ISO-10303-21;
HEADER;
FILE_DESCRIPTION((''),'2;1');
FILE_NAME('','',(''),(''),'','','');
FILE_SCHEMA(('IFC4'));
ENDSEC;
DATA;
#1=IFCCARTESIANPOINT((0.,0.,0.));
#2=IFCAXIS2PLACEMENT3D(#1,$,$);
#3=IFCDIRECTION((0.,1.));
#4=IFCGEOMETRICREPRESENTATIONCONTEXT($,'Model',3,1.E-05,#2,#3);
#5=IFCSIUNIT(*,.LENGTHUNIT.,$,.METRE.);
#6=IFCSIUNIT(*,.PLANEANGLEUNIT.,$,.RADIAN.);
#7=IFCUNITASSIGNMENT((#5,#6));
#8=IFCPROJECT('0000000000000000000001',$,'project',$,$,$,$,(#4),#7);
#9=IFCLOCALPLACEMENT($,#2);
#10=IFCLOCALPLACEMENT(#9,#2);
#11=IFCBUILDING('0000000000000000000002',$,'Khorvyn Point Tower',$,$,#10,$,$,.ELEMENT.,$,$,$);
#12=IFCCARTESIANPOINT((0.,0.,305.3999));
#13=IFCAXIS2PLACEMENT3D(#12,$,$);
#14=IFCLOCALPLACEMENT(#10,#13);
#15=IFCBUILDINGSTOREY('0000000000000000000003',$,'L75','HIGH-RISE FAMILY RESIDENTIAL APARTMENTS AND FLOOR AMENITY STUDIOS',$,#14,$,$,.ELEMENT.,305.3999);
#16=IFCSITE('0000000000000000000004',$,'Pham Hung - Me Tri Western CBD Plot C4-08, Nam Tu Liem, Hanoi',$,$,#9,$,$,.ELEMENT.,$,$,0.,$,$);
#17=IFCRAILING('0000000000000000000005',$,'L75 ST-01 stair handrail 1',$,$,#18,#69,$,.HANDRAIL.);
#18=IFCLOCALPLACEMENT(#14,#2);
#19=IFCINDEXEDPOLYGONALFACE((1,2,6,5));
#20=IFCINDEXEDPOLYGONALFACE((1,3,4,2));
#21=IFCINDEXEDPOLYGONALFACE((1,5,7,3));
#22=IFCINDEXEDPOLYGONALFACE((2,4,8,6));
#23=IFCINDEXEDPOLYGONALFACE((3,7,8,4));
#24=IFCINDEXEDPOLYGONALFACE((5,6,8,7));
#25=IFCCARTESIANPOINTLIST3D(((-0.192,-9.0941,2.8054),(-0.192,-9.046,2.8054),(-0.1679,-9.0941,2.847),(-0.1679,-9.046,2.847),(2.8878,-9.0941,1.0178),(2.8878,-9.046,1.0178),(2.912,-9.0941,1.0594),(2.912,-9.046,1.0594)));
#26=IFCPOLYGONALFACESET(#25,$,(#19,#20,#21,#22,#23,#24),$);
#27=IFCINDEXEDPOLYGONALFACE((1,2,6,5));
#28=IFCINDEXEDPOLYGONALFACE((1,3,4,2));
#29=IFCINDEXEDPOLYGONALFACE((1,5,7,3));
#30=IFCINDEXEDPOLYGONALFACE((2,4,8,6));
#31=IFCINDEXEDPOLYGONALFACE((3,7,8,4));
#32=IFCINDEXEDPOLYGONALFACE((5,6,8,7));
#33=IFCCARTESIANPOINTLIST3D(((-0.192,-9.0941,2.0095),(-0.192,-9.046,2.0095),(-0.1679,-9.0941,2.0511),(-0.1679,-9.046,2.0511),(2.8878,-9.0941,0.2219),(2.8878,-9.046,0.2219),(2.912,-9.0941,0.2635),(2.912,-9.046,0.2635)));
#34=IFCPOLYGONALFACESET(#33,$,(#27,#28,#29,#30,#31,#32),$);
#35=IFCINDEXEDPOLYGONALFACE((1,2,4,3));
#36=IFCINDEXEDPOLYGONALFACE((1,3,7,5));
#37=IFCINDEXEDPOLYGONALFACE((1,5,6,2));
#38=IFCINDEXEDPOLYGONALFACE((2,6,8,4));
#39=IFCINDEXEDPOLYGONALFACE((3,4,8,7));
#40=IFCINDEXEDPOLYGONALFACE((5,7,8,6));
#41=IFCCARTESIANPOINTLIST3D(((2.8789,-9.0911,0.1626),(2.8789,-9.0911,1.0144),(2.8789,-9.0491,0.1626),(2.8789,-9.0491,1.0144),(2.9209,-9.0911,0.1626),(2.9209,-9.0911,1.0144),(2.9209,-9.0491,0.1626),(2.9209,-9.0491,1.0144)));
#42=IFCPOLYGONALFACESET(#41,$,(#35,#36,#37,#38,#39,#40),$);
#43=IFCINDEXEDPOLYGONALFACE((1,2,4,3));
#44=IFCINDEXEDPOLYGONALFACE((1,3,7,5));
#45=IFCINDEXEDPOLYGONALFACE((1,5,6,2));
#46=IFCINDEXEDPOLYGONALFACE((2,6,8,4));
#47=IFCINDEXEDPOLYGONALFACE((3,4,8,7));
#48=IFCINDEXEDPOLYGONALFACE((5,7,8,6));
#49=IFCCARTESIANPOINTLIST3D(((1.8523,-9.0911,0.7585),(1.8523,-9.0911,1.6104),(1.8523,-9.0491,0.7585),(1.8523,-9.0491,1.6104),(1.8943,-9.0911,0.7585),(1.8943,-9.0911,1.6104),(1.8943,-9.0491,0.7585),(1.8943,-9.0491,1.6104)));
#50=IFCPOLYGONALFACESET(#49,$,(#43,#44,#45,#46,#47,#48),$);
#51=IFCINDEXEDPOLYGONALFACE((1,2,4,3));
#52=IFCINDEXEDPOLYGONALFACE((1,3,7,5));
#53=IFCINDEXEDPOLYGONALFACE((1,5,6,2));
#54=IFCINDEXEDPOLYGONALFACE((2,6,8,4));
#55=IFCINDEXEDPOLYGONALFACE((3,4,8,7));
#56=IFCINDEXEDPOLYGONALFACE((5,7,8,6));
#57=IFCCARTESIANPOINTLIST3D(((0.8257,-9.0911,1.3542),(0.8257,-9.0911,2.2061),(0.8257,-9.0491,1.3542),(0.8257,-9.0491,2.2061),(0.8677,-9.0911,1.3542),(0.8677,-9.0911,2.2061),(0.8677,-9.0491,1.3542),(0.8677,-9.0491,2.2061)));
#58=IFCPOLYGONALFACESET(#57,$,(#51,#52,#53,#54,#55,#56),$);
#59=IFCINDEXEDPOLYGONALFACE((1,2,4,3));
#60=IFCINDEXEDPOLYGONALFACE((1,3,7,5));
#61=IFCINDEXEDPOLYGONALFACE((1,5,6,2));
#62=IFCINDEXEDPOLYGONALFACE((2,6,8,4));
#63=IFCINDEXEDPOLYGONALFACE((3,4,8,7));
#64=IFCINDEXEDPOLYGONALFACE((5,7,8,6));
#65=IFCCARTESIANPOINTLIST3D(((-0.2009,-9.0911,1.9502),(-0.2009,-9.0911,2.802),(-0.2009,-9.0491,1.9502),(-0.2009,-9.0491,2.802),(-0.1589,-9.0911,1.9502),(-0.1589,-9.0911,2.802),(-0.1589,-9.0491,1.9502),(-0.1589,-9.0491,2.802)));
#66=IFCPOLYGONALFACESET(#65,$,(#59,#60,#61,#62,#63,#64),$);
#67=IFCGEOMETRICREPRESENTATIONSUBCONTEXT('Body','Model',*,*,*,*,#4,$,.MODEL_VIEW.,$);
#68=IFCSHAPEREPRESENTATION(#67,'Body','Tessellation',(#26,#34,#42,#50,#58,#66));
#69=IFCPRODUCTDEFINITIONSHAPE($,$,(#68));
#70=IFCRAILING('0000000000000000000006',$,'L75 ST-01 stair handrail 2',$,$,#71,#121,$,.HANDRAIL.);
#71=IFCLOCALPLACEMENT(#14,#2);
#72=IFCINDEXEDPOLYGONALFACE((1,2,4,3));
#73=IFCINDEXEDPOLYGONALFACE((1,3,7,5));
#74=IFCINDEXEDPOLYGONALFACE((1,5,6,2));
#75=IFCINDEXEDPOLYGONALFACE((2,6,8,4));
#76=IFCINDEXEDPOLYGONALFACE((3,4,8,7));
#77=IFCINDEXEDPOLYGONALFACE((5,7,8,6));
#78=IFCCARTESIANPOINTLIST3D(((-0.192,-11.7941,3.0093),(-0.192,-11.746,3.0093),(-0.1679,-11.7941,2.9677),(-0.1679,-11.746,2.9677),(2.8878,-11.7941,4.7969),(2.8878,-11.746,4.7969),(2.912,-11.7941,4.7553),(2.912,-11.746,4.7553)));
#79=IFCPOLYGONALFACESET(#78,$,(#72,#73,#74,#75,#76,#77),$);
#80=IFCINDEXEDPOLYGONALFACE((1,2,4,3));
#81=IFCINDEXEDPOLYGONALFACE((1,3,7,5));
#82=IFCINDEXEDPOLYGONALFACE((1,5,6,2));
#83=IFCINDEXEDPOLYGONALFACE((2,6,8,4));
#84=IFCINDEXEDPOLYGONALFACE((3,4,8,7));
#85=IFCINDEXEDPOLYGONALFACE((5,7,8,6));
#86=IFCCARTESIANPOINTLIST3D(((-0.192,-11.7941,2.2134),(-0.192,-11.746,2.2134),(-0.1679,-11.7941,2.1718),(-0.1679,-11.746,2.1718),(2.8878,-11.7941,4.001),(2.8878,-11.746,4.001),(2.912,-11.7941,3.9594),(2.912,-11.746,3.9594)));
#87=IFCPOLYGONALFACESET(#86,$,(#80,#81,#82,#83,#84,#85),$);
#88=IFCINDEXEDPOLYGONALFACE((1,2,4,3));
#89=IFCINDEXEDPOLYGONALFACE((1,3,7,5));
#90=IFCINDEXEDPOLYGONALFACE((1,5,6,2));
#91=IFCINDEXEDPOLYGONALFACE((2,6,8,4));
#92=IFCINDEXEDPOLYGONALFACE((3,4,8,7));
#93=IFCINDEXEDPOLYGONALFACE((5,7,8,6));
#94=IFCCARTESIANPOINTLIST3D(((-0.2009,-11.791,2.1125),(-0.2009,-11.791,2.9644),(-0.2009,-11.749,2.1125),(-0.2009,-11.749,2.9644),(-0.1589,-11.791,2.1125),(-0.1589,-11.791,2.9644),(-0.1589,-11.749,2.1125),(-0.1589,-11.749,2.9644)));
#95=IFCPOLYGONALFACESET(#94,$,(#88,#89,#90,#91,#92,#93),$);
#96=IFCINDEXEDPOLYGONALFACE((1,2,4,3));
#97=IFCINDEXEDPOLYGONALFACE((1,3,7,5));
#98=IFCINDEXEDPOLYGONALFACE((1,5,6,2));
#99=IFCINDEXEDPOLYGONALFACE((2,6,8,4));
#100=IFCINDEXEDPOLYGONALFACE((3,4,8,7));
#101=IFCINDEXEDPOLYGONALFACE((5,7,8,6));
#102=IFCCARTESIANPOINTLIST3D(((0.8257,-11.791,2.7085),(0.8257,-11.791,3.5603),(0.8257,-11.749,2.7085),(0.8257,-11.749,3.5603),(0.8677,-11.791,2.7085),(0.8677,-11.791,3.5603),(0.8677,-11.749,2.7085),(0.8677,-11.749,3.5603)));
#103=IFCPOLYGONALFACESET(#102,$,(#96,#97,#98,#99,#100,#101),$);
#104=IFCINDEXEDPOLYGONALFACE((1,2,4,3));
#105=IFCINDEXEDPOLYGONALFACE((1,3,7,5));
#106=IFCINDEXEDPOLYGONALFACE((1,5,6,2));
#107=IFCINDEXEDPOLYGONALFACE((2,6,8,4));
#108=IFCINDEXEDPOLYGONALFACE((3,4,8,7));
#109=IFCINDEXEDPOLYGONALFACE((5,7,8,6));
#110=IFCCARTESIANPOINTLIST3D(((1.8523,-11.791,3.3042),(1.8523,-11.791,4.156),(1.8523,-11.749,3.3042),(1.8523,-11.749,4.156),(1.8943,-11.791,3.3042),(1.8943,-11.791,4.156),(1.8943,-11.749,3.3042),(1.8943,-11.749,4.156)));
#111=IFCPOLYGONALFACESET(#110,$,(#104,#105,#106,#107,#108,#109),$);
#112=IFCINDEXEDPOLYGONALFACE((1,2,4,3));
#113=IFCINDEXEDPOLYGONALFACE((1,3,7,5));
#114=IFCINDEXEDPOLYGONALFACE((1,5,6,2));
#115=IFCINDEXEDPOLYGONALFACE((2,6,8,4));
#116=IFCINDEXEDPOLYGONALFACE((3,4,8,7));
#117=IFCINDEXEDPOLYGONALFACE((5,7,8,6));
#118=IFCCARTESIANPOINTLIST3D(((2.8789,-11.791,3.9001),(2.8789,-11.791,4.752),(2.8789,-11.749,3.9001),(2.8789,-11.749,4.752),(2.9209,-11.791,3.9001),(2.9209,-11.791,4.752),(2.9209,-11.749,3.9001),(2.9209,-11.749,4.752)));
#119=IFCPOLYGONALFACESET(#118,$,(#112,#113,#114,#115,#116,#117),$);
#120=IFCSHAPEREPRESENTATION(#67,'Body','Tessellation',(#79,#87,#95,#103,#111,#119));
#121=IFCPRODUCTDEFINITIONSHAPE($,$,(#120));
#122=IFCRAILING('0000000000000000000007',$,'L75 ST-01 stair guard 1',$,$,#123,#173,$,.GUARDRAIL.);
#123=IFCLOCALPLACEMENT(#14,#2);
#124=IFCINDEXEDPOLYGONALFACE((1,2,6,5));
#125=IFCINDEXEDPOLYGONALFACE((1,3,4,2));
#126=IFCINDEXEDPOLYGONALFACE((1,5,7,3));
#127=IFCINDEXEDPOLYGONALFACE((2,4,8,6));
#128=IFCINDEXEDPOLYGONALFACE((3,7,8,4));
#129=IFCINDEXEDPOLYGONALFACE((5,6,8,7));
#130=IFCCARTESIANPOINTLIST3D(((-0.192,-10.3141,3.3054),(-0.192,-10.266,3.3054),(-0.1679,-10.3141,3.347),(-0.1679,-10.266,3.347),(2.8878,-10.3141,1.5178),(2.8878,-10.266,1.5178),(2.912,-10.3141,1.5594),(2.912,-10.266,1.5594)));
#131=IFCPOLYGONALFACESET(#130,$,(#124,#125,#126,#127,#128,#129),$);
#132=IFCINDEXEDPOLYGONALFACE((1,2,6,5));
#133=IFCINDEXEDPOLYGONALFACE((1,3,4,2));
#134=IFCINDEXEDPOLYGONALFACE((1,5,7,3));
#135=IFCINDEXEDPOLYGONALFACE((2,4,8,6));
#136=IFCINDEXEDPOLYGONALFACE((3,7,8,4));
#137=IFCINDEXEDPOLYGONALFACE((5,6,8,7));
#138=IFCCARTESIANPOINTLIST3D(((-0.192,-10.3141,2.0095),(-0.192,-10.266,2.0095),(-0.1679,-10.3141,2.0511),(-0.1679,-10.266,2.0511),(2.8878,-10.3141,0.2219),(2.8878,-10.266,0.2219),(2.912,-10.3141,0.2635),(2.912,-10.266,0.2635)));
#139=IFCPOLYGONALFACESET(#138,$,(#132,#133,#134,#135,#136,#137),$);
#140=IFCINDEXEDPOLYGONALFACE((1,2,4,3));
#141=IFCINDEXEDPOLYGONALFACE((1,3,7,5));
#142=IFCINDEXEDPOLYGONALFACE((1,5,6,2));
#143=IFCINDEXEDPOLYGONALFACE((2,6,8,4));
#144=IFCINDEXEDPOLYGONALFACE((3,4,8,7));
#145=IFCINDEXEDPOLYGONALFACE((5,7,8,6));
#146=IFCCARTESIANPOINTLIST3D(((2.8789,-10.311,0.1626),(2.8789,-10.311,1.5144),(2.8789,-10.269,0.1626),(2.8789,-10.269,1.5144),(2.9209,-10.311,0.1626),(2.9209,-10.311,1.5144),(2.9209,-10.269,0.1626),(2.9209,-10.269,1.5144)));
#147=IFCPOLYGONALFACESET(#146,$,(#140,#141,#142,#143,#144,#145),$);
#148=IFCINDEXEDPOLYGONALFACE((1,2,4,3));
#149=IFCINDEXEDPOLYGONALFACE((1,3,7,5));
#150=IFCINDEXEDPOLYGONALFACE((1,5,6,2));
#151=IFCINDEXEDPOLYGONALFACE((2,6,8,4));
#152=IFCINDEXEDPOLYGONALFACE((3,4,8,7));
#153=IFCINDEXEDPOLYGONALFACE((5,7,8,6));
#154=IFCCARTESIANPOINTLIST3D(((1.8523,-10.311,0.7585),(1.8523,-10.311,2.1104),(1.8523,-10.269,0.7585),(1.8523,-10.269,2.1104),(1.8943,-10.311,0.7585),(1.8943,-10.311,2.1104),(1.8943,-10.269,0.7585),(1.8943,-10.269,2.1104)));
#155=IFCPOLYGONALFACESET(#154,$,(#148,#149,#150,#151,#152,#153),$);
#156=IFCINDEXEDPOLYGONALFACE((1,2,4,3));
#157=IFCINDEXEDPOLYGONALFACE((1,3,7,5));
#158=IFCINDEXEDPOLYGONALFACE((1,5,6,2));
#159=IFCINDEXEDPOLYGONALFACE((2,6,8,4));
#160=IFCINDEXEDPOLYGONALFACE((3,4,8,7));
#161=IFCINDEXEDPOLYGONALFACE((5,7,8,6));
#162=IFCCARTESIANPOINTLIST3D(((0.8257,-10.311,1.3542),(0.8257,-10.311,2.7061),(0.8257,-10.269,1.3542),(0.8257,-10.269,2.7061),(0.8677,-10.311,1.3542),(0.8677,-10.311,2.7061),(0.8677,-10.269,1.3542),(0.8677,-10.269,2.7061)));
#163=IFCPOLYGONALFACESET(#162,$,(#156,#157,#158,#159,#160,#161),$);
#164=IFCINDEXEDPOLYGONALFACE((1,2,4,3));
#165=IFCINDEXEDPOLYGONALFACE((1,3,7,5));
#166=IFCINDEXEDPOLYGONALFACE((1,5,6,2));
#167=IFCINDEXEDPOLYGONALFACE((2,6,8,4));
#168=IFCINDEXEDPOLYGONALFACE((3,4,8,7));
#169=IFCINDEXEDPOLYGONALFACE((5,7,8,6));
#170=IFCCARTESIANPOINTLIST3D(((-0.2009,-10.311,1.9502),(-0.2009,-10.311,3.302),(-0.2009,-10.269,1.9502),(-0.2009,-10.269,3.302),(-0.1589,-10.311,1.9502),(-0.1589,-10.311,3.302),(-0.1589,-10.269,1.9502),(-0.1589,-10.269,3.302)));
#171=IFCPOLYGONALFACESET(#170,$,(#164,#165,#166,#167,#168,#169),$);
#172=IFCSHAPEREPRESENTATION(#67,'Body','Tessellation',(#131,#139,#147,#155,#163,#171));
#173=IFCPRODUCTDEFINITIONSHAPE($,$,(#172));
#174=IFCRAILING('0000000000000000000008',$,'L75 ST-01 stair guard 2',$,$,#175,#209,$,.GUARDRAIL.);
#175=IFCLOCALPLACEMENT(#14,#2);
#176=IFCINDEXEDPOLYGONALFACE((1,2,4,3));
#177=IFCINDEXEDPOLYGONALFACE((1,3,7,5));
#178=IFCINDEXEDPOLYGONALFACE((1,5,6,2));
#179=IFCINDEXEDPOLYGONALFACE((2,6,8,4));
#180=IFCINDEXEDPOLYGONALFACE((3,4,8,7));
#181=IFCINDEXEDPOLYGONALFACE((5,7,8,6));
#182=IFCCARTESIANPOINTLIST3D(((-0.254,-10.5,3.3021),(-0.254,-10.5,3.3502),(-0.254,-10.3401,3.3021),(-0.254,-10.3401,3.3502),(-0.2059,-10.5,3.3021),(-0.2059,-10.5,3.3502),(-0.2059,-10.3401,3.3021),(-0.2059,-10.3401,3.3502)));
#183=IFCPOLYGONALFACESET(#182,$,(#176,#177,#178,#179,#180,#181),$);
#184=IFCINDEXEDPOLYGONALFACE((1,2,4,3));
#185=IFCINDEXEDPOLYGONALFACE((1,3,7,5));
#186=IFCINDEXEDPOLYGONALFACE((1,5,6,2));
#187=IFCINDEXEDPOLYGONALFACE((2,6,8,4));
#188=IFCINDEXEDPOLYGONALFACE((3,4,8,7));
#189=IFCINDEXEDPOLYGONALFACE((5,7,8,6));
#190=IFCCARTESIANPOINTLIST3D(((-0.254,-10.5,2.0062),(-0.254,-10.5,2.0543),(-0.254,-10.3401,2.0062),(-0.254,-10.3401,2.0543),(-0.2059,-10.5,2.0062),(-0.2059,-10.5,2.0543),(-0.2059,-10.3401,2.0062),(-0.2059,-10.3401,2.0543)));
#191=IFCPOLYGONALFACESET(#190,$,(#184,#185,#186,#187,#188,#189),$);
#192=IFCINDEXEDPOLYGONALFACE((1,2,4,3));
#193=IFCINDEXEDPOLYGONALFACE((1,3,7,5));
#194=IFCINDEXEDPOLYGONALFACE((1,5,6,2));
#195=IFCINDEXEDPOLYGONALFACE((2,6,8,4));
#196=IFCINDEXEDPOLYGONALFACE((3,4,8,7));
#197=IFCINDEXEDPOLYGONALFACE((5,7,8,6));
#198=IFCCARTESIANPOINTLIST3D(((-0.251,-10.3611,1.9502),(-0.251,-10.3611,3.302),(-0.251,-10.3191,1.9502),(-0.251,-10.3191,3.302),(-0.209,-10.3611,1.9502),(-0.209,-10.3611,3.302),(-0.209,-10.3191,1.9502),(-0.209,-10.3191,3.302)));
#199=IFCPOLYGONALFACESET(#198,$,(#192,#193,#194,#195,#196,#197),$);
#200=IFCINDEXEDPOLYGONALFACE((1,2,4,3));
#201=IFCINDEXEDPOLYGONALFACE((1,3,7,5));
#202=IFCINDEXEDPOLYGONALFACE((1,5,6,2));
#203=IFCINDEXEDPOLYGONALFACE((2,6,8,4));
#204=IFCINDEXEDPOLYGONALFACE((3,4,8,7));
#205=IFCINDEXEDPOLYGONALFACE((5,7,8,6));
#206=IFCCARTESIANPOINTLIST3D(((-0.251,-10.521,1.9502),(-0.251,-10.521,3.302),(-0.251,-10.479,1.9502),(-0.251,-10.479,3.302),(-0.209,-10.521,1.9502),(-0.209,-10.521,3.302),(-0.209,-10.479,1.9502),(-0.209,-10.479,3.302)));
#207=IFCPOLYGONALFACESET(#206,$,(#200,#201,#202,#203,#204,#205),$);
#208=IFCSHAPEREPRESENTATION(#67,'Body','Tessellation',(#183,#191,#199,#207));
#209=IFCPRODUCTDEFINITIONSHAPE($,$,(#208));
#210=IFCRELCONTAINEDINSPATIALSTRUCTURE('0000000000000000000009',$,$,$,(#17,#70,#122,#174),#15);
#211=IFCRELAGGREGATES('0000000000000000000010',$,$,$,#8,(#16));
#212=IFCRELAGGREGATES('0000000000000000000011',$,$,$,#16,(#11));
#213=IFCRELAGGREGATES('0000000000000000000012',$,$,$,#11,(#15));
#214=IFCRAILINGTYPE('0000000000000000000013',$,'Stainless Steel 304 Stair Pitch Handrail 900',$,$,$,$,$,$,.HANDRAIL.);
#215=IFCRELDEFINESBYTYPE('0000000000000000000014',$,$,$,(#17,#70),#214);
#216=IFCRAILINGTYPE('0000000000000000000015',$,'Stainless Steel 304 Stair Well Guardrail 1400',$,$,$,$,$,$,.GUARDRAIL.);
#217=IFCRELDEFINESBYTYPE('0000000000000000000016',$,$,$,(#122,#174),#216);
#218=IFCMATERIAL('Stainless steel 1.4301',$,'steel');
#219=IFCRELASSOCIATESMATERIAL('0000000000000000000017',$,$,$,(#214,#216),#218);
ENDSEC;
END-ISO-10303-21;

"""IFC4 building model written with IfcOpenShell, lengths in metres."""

from ifc_helpers import new_model, si_unit, direction, frame, origin, origin_2d, place, context, subcontext, project, spatial, rectangle, extrude, material, type_object, element, save


model = new_model("IFC4")

# Units and contexts
model_context = context("Model", 3, precision=1e-05, world=origin(), true_north=direction((0.0, 1.0)))
body_context = subcontext(model_context, "Body", "Model", "MODEL_VIEW")
ifc_project = project(units=[si_unit("LENGTHUNIT", "METRE"), si_unit("PLANEANGLEUNIT", "RADIAN")], contexts=[model_context])

# Site, building, storey
site_placement = place(None, origin())
site = spatial("IfcSite", under=ifc_project, at=site_placement, Name="Pham Hung - Me Tri Western CBD Plot C4-08, Nam Tu Liem, Hanoi", CompositionType="ELEMENT", RefElevation=0.0)
building_placement = place(site_placement, origin())
building = spatial("IfcBuilding", under=site, at=building_placement, Name="Khorvyn Point Tower", CompositionType="ELEMENT")
storey_placement = place(building_placement, frame((0.0, 0.0, 305.3999)))
storey = spatial("IfcBuildingStorey", under=building, at=storey_placement, Name="L75", Description="HIGH-RISE FAMILY RESIDENTIAL APARTMENTS AND FLOOR AMENITY STUDIOS", CompositionType="ELEMENT", Elevation=305.3999)

# Shared definitions
ifc_material_1 = material(Name="Stainless steel 1.4301", Category="steel")

# Railings
railing_type_1 = type_object("IfcRailingType", Name="Stainless Steel 304 Stair Pitch Handrail 900", PredefinedType="HANDRAIL", material=ifc_material_1)
railing_1_placement = place(storey_placement, frame((2.8999, -9.0701, 0.1626)))
element("IfcRailing", 1, at=railing_1_placement, inside=storey, type_object=railing_type_1, Name="L75 ST-01 stair handrail 1", PredefinedType="HANDRAIL", context=body_context, shape_type="SweptSolid", body=[
    extrude(rectangle(XDim=0.0481, YDim=0.0481, at=origin_2d()), frame((0.0, 0.0, 0.876), z_axis=(-0.864873, 0.0, 0.50199), x_axis=(0.0, -1.0, 0.0)), (0.0, 0.0, 1.0), 3.561),
    extrude(rectangle(XDim=0.0481, YDim=0.0481, at=origin_2d()), frame((0.0, 0.0, 0.0801), z_axis=(-0.864873, 0.0, 0.50199), x_axis=(0.0, -1.0, 0.0)), (0.0, 0.0, 1.0), 3.561),
    extrude(rectangle(XDim=0.042, YDim=0.042, at=origin_2d()), origin(), (0.0, 0.0, 1.0), 0.8518),
    extrude(rectangle(XDim=0.042, YDim=0.042, at=origin_2d()), frame((-1.0266, 0.0, 0.5959)), (0.0, 0.0, 1.0), 0.8518),
    extrude(rectangle(XDim=0.042, YDim=0.042, at=origin_2d()), frame((-2.0532, 0.0, 1.1917)), (0.0, 0.0, 1.0), 0.8518),
    extrude(rectangle(XDim=0.042, YDim=0.042, at=origin_2d()), frame((-3.0798, 0.0, 1.7876)), (0.0, 0.0, 1.0), 0.8518),
])
railing_2_placement = place(storey_placement, frame((-0.1799, -11.77, 2.1125)))
element("IfcRailing", 2, at=railing_2_placement, inside=storey, type_object=railing_type_1, Name="L75 ST-01 stair handrail 2", PredefinedType="HANDRAIL", context=body_context, shape_type="SweptSolid", body=[
    extrude(rectangle(XDim=0.0481, YDim=0.0481, at=origin_2d()), frame((0.0, 0.0, 0.876), z_axis=(0.864873, 0.0, 0.50199), x_axis=(0.0, 1.0, 0.0)), (0.0, 0.0, 1.0), 3.561),
    extrude(rectangle(XDim=0.0481, YDim=0.0481, at=origin_2d()), frame((0.0, 0.0, 0.0801), z_axis=(0.864873, 0.0, 0.50199), x_axis=(0.0, 1.0, 0.0)), (0.0, 0.0, 1.0), 3.561),
    extrude(rectangle(XDim=0.042, YDim=0.042, at=origin_2d()), origin(), (0.0, 0.0, 1.0), 0.8518),
    extrude(rectangle(XDim=0.042, YDim=0.042, at=origin_2d()), frame((1.0266, 0.0, 0.5959)), (0.0, 0.0, 1.0), 0.8518),
    extrude(rectangle(XDim=0.042, YDim=0.042, at=origin_2d()), frame((2.0532, 0.0, 1.1917)), (0.0, 0.0, 1.0), 0.8518),
    extrude(rectangle(XDim=0.042, YDim=0.042, at=origin_2d()), frame((3.0798, 0.0, 1.7876)), (0.0, 0.0, 1.0), 0.8518),
])
railing_type_2 = type_object("IfcRailingType", Name="Stainless Steel 304 Stair Well Guardrail 1400", PredefinedType="GUARDRAIL", material=ifc_material_1)
railing_3_placement = place(storey_placement, frame((2.8999, -10.29, 0.1626)))
element("IfcRailing", 3, at=railing_3_placement, inside=storey, type_object=railing_type_2, Name="L75 ST-01 stair guard 1", PredefinedType="GUARDRAIL", context=body_context, shape_type="SweptSolid", body=[
    extrude(rectangle(XDim=0.0481, YDim=0.0481, at=origin_2d()), frame((0.0, 0.0, 1.376), z_axis=(-0.864873, 0.0, 0.50199), x_axis=(0.0, -1.0, 0.0)), (0.0, 0.0, 1.0), 3.561),
    extrude(rectangle(XDim=0.0481, YDim=0.0481, at=origin_2d()), frame((0.0, 0.0, 0.0801), z_axis=(-0.864873, 0.0, 0.50199), x_axis=(0.0, -1.0, 0.0)), (0.0, 0.0, 1.0), 3.561),
    extrude(rectangle(XDim=0.042, YDim=0.042, at=origin_2d()), origin(), (0.0, 0.0, 1.0), 1.3518),
    extrude(rectangle(XDim=0.042, YDim=0.042, at=origin_2d()), frame((-1.0266, 0.0, 0.5959)), (0.0, 0.0, 1.0), 1.3518),
    extrude(rectangle(XDim=0.042, YDim=0.042, at=origin_2d()), frame((-2.0532, 0.0, 1.1917)), (0.0, 0.0, 1.0), 1.3518),
    extrude(rectangle(XDim=0.042, YDim=0.042, at=origin_2d()), frame((-3.0798, 0.0, 1.7876)), (0.0, 0.0, 1.0), 1.3518),
])
railing_4_placement = place(storey_placement, frame((-0.23, -10.3401, 1.9502)))
element("IfcRailing", 4, at=railing_4_placement, inside=storey, type_object=railing_type_2, Name="L75 ST-01 stair guard 2", PredefinedType="GUARDRAIL", context=body_context, shape_type="SweptSolid", body=[
    extrude(rectangle(XDim=0.0481, YDim=0.0481, at=origin_2d()), frame((0.0, 0.0, 1.376), z_axis=(0.0, -1.0, 0.0), x_axis=(1.0, 0.0, 0.0)), (0.0, 0.0, 1.0), 0.1599),
    extrude(rectangle(XDim=0.0481, YDim=0.0481, at=origin_2d()), frame((0.0, 0.0, 0.0801), z_axis=(0.0, -1.0, 0.0), x_axis=(1.0, 0.0, 0.0)), (0.0, 0.0, 1.0), 0.1599),
    extrude(rectangle(XDim=0.042, YDim=0.042, at=origin_2d()), origin(), (0.0, 0.0, 1.0), 1.3518),
    extrude(rectangle(XDim=0.042, YDim=0.042, at=origin_2d()), frame((0.0, -0.1599, 0.0)), (0.0, 0.0, 1.0), 1.3518),
])

save(model, "model.ifc")
